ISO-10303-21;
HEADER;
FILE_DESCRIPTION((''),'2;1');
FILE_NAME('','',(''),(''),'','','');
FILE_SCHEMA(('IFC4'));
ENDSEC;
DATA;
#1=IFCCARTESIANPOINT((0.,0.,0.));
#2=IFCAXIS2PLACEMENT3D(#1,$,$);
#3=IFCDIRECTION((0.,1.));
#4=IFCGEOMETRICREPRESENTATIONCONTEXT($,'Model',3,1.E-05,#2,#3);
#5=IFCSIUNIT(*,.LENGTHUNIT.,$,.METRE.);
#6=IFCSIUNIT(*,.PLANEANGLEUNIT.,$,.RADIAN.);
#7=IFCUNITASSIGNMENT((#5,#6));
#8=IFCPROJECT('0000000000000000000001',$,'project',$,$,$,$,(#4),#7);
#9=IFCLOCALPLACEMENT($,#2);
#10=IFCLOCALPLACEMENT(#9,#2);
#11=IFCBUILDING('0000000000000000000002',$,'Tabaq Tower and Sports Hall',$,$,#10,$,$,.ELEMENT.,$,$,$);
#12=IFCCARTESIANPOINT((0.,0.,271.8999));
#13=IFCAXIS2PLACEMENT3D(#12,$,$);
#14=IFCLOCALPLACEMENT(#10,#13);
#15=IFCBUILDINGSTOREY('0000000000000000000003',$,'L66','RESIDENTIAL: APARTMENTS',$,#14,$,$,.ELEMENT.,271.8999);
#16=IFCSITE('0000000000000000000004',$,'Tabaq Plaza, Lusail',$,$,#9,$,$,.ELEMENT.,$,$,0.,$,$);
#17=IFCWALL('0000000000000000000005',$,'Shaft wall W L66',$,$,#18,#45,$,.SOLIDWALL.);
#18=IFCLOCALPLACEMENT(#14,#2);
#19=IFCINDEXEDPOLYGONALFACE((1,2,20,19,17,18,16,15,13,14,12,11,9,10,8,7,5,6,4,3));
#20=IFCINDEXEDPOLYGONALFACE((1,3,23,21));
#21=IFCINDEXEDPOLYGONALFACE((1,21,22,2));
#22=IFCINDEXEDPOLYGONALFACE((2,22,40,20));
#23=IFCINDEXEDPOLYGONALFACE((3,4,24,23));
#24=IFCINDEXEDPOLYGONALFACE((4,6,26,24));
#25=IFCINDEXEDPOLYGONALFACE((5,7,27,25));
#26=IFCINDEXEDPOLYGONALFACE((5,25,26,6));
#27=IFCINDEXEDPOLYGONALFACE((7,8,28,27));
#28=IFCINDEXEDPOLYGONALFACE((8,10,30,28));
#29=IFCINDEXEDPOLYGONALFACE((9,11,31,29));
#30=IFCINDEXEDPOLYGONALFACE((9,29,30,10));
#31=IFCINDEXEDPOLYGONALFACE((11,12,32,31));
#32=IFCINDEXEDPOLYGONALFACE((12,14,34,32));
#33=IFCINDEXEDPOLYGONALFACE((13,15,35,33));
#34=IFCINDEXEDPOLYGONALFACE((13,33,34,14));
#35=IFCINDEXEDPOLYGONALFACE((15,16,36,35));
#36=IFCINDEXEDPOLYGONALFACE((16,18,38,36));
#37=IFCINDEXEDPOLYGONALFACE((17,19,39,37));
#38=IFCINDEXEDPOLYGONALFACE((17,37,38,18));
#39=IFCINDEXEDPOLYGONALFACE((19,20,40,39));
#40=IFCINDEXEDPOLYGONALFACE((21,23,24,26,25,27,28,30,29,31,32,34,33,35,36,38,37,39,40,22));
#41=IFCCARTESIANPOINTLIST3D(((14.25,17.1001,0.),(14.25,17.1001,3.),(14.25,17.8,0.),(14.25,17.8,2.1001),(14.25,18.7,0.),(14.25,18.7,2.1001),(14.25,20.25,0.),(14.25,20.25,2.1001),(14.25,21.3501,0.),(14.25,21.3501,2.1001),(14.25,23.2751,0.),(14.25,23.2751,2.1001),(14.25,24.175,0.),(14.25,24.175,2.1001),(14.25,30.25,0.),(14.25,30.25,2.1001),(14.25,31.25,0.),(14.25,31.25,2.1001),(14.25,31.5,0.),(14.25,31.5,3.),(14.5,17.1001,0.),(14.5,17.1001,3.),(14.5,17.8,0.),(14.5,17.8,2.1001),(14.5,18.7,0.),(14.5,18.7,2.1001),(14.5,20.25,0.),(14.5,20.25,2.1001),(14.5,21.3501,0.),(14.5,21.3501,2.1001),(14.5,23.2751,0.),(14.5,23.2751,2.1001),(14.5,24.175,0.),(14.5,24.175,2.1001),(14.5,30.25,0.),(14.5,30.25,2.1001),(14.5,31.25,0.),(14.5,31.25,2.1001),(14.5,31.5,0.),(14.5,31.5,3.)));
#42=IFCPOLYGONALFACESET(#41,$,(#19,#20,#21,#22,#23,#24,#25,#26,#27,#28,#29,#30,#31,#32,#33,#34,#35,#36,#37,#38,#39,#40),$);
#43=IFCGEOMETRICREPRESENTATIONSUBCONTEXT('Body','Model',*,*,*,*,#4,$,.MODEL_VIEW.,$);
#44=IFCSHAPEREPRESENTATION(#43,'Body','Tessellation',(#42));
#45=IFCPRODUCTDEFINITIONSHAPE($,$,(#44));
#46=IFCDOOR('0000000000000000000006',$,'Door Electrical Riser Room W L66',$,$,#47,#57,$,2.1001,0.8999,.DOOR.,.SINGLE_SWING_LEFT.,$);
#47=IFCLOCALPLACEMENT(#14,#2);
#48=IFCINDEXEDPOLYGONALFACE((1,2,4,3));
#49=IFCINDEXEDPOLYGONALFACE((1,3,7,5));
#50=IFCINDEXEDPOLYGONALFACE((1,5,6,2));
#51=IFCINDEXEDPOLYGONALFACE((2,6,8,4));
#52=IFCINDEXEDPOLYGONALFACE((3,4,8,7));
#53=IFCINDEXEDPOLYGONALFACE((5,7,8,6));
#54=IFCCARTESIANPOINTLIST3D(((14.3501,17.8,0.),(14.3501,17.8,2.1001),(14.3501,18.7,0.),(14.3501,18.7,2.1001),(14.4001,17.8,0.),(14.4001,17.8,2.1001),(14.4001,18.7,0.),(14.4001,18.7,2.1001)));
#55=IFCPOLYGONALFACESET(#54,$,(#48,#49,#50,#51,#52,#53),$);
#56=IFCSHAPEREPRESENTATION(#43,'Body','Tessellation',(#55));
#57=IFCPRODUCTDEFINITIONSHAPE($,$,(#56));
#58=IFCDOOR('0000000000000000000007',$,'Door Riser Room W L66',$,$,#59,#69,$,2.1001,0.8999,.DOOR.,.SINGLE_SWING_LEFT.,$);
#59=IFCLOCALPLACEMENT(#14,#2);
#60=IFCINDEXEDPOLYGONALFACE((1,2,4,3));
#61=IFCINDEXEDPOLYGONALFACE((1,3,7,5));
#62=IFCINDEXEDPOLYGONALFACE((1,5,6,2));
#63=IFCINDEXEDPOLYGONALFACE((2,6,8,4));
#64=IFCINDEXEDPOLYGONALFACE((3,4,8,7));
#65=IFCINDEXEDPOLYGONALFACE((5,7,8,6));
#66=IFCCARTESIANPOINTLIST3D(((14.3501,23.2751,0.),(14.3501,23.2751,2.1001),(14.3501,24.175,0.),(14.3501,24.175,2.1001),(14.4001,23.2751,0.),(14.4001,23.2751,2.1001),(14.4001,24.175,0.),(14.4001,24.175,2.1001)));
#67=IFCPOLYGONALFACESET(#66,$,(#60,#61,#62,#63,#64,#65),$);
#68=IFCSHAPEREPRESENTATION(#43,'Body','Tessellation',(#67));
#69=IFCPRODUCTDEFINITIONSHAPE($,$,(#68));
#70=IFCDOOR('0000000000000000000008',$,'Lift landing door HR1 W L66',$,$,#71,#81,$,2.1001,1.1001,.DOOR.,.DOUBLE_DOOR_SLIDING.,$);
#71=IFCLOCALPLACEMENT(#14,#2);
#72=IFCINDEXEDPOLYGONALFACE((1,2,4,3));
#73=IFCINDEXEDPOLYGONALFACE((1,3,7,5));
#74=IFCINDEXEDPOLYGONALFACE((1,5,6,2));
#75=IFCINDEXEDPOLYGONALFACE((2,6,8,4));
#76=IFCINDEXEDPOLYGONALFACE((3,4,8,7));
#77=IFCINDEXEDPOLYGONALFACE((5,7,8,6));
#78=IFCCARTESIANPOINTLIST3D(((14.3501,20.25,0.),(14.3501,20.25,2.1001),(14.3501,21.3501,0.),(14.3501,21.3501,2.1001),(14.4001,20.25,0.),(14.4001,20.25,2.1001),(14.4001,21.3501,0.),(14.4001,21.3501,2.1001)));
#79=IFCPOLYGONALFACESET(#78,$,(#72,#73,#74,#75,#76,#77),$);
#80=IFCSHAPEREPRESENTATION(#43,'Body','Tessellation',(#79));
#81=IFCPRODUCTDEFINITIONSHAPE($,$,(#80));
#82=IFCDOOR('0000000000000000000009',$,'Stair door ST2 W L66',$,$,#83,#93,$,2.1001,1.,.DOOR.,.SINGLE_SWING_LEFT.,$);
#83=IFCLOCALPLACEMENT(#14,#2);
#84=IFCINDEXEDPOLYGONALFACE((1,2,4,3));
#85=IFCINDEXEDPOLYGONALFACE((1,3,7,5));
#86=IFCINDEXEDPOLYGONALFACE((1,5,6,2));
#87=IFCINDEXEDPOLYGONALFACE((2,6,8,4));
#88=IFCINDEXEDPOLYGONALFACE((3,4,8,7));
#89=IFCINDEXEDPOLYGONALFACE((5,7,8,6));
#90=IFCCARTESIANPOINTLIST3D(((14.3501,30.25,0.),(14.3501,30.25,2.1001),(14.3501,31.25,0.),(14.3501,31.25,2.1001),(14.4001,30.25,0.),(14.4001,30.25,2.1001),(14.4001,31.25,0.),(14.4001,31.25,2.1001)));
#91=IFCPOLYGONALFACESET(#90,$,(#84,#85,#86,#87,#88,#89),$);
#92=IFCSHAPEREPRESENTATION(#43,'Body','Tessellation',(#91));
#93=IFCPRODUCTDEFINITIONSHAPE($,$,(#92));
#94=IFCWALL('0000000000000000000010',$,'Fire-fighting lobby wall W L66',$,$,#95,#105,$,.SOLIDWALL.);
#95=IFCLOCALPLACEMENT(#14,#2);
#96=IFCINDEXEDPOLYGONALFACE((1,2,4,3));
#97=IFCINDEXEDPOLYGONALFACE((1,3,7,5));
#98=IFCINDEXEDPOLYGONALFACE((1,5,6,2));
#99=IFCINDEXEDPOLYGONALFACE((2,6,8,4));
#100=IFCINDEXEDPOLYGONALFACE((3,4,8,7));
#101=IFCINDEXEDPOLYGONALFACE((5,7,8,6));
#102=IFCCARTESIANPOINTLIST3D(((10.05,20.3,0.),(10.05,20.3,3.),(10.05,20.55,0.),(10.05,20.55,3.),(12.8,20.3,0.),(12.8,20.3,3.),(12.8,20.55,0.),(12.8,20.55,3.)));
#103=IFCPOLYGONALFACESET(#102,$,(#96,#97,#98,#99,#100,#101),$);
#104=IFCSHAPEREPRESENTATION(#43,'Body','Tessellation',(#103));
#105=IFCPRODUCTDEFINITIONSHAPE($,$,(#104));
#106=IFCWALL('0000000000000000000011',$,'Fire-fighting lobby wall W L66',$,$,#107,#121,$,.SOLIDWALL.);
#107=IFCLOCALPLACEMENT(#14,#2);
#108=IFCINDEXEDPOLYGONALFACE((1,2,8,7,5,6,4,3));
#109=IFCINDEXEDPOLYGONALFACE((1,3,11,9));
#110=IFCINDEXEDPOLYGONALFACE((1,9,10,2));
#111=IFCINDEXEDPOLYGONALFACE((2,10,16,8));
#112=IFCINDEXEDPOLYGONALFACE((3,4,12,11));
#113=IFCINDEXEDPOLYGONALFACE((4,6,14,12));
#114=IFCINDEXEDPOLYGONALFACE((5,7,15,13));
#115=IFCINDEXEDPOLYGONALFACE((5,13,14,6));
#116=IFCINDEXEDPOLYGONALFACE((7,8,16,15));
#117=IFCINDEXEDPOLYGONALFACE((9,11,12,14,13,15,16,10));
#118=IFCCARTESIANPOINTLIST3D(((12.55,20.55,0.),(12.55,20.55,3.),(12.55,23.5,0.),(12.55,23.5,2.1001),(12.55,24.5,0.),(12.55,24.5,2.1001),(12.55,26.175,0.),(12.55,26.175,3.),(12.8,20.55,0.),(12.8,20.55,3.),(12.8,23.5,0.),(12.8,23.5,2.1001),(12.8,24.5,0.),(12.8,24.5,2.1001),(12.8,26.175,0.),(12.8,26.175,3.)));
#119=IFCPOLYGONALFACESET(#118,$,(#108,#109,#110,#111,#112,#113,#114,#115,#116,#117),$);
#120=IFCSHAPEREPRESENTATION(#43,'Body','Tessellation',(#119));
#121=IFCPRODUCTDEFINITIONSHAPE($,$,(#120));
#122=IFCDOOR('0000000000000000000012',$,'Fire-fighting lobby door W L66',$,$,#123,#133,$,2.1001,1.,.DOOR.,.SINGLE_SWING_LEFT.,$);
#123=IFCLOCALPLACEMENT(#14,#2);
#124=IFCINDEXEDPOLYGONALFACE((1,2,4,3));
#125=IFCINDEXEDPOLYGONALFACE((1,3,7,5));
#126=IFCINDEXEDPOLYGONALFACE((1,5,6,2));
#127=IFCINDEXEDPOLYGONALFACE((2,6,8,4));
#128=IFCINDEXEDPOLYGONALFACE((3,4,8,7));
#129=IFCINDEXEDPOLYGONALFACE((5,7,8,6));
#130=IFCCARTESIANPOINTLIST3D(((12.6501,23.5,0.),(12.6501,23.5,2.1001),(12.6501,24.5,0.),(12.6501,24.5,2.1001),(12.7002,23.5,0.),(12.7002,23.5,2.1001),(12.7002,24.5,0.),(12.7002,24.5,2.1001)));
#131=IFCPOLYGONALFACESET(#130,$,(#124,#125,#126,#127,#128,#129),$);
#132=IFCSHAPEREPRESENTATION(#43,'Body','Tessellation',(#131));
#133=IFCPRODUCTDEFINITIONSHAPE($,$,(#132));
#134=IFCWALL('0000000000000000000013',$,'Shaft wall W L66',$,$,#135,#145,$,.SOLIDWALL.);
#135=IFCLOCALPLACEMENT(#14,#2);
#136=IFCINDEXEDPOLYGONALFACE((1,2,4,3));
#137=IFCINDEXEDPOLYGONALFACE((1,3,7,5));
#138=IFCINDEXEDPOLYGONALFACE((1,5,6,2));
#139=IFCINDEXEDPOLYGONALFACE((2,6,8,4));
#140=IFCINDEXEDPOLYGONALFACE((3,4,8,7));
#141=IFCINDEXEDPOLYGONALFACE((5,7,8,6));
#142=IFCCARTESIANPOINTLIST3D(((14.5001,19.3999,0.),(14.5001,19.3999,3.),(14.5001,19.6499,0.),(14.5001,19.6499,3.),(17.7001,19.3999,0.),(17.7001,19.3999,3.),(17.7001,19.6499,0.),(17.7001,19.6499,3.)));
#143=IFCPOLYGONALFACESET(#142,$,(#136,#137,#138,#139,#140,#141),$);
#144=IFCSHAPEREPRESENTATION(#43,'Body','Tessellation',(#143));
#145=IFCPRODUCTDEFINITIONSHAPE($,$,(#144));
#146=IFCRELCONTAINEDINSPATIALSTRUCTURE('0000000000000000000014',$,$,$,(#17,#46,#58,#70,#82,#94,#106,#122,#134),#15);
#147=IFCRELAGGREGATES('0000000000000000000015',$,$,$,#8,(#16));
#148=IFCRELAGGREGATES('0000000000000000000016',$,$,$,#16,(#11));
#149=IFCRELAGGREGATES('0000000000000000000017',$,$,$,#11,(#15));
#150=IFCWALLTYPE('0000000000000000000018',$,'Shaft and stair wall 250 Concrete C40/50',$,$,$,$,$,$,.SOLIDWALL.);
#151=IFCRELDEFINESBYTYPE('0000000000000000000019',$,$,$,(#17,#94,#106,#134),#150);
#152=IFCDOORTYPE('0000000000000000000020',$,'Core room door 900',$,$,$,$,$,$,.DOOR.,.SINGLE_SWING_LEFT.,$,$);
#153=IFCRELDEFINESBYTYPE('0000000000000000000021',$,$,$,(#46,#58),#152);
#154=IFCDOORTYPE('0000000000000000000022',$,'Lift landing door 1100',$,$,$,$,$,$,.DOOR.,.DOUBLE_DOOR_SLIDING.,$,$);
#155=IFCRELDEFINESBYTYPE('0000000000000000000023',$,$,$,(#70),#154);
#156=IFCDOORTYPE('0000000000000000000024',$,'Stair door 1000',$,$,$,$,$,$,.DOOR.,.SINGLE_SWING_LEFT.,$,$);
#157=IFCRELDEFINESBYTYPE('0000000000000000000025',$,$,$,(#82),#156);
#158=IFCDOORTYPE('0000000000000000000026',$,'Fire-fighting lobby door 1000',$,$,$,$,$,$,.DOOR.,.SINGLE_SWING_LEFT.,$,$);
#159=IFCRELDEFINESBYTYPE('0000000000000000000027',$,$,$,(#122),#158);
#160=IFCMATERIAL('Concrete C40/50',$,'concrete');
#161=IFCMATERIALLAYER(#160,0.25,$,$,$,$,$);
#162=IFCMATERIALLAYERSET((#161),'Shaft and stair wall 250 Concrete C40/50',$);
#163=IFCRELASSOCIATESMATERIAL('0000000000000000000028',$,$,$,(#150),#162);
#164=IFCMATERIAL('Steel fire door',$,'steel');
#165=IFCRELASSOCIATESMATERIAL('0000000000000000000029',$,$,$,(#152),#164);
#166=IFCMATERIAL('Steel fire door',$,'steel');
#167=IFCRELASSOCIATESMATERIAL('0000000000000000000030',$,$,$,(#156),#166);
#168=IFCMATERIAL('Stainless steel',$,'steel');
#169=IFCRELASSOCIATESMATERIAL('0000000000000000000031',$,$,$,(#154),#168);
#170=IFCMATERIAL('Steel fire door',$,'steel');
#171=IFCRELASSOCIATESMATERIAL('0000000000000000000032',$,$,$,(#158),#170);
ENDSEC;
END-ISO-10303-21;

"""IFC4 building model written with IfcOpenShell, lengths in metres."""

from ifc_helpers import new_model, si_unit, direction, frame, frame_2d, origin, place, context, subcontext, project, spatial, rectangle, extrude, material, layer, layer_set, type_object, element, fill, save


model = new_model("IFC4")

# Units and contexts
model_context = context("Model", 3, precision=1e-05, world=origin(), true_north=direction((0.0, 1.0)))
body_context = subcontext(model_context, "Body", "Model", "MODEL_VIEW")
ifc_project = project(units=[si_unit("LENGTHUNIT", "METRE"), si_unit("PLANEANGLEUNIT", "RADIAN")], contexts=[model_context])

# Site, building, storey
site_placement = place(None, origin())
site = spatial("IfcSite", under=ifc_project, at=site_placement, Name="Tabaq Plaza, Lusail", CompositionType="ELEMENT", RefElevation=0.0)
building_placement = place(site_placement, origin())
building = spatial("IfcBuilding", under=site, at=building_placement, Name="Tabaq Tower and Sports Hall", CompositionType="ELEMENT")
storey_placement = place(building_placement, frame((0.0, 0.0, 271.8999)))
storey = spatial("IfcBuildingStorey", under=building, at=storey_placement, Name="L66", Description="RESIDENTIAL: APARTMENTS", CompositionType="ELEMENT", Elevation=271.8999)

# Wall, openings, doors
ifc_material_1 = material(Name="Concrete C40/50", Category="concrete")
ifc_layer_1 = layer(ifc_material_1, 0.25)
ifc_layer_set_1 = layer_set([ifc_layer_1], Name="Shaft and stair wall 250 Concrete C40/50")
wall_type_1 = type_object("IfcWallType", Name="Shaft and stair wall 250 Concrete C40/50", PredefinedType="SOLIDWALL", material=ifc_layer_set_1)
ifc_material_2 = material(Name="Steel fire door", Category="steel")
door_type_1 = type_object("IfcDoorType", Name="Core room door 900", OperationType="SINGLE_SWING_LEFT", PredefinedType="DOOR", material=ifc_material_2)
ifc_material_3 = material(Name="Steel fire door", Category="steel")
door_type_2 = type_object("IfcDoorType", Name="Stair door 1000", OperationType="SINGLE_SWING_LEFT", PredefinedType="DOOR", material=ifc_material_3)
wall_1_placement = place(storey_placement, frame((14.375, 17.1001, 0.0), z_axis=(0.0, 0.0, 1.0), x_axis=(0.0, 1.0, 0.0)))
wall_1 = element("IfcWall", 1, at=wall_1_placement, inside=storey, type_object=wall_type_1, Name="Shaft wall W L66", PredefinedType="SOLIDWALL", context=body_context, shape_type="SweptSolid", body=[
    extrude(rectangle(XDim=14.3999, YDim=0.25, at=frame_2d((7.2, 0.0))), origin(), (0.0, 0.0, 1.0), 3.0),
])
opening_1_placement = place(wall_1_placement, frame((13.1499, 0.0, 0.0)))
opening_1 = element("IfcOpeningElement", 2, at=opening_1_placement, cuts=wall_1, PredefinedType="OPENING", context=body_context, shape_type="SweptSolid", body=[
    extrude(rectangle(XDim=1.0, YDim=2.1001, at=frame_2d((0.5, 1.05))), frame((0.0, 0.125, 0.0), z_axis=(0.0, -1.0, 0.0), x_axis=(1.0, 0.0, 0.0)), (0.0, 0.0, 1.0), 0.25),
])
opening_2_placement = place(wall_1_placement, frame((3.1499, 0.0, 0.0)))
opening_2 = element("IfcOpeningElement", 3, at=opening_2_placement, cuts=wall_1, PredefinedType="OPENING", context=body_context, shape_type="SweptSolid", body=[
    extrude(rectangle(XDim=1.1001, YDim=2.1001, at=frame_2d((0.55, 1.05))), frame((0.0, 0.125, 0.0), z_axis=(0.0, -1.0, 0.0), x_axis=(1.0, 0.0, 0.0)), (0.0, 0.0, 1.0), 0.25),
])
opening_3_placement = place(wall_1_placement, frame((0.7, 0.0, 0.0)))
opening_3 = element("IfcOpeningElement", 4, at=opening_3_placement, cuts=wall_1, PredefinedType="OPENING", context=body_context, shape_type="SweptSolid", body=[
    extrude(rectangle(XDim=0.8999, YDim=2.1001, at=frame_2d((0.45, 1.05))), frame((0.0, 0.125, 0.0), z_axis=(0.0, -1.0, 0.0), x_axis=(1.0, 0.0, 0.0)), (0.0, 0.0, 1.0), 0.25),
])
opening_4_placement = place(wall_1_placement, frame((6.175, 0.0, 0.0)))
opening_4 = element("IfcOpeningElement", 5, at=opening_4_placement, cuts=wall_1, PredefinedType="OPENING", context=body_context, shape_type="SweptSolid", body=[
    extrude(rectangle(XDim=0.8999, YDim=2.1001, at=frame_2d((0.45, 1.05))), frame((0.0, 0.125, 0.0), z_axis=(0.0, -1.0, 0.0), x_axis=(1.0, 0.0, 0.0)), (0.0, 0.0, 1.0), 0.25),
])
door_1_placement = place(opening_3_placement, origin())
door_1 = element("IfcDoor", 6, at=door_1_placement, inside=storey, type_object=door_type_1, Name="Door Electrical Riser Room W L66", OperationType="SINGLE_SWING_LEFT", OverallHeight=2.1001, OverallWidth=0.8999, PredefinedType="DOOR", context=body_context, shape_type="SweptSolid", body=[
    extrude(rectangle(XDim=0.8999, YDim=2.1001, at=frame_2d((0.45, 1.05))), frame((0.0, 0.0249, 0.0), z_axis=(0.0, -1.0, 0.0), x_axis=(1.0, 0.0, 0.0)), (0.0, 0.0, 1.0), 0.05),
])
fill(opening_3, door_1)
door_2_placement = place(opening_4_placement, origin())
door_2 = element("IfcDoor", 7, at=door_2_placement, inside=storey, type_object=door_type_1, Name="Door Riser Room W L66", OperationType="SINGLE_SWING_LEFT", OverallHeight=2.1001, OverallWidth=0.8999, PredefinedType="DOOR", context=body_context, shape_type="SweptSolid", body=[
    extrude(rectangle(XDim=0.8999, YDim=2.1001, at=frame_2d((0.45, 1.05))), frame((0.0, 0.0249, 0.0), z_axis=(0.0, -1.0, 0.0), x_axis=(1.0, 0.0, 0.0)), (0.0, 0.0, 1.0), 0.05),
])
fill(opening_4, door_2)
ifc_material_4 = material(Name="Stainless steel", Category="steel")
door_type_3 = type_object("IfcDoorType", Name="Lift landing door 1100", OperationType="DOUBLE_DOOR_SLIDING", PredefinedType="DOOR", material=ifc_material_4)
door_3_placement = place(opening_2_placement, origin())
door_3 = element("IfcDoor", 8, at=door_3_placement, inside=storey, type_object=door_type_3, Name="Lift landing door HR1 W L66", OperationType="DOUBLE_DOOR_SLIDING", OverallHeight=2.1001, OverallWidth=1.1001, PredefinedType="DOOR", context=body_context, shape_type="SweptSolid", body=[
    extrude(rectangle(XDim=1.1001, YDim=2.1001, at=frame_2d((0.55, 1.05))), frame((0.0, 0.0249, 0.0), z_axis=(0.0, -1.0, 0.0), x_axis=(1.0, 0.0, 0.0)), (0.0, 0.0, 1.0), 0.05),
])
fill(opening_2, door_3)
door_4_placement = place(opening_1_placement, origin())
door_4 = element("IfcDoor", 9, at=door_4_placement, inside=storey, type_object=door_type_2, Name="Stair door ST2 W L66", OperationType="SINGLE_SWING_LEFT", OverallHeight=2.1001, OverallWidth=1.0, PredefinedType="DOOR", context=body_context, shape_type="SweptSolid", body=[
    extrude(rectangle(XDim=1.0, YDim=2.1001, at=frame_2d((0.5, 1.05))), frame((0.0, 0.0249, 0.0), z_axis=(0.0, -1.0, 0.0), x_axis=(1.0, 0.0, 0.0)), (0.0, 0.0, 1.0), 0.05),
])
fill(opening_1, door_4)

# Wall
wall_2_placement = place(storey_placement, frame((10.05, 20.425, 0.0), z_axis=(0.0, 0.0, 1.0), x_axis=(1.0, 0.0, 0.0)))
element("IfcWall", 10, at=wall_2_placement, inside=storey, type_object=wall_type_1, Name="Fire-fighting lobby wall W L66", PredefinedType="SOLIDWALL", context=body_context, shape_type="SweptSolid", body=[
    extrude(rectangle(XDim=2.75, YDim=0.25, at=frame_2d((1.375, 0.0))), origin(), (0.0, 0.0, 1.0), 3.0),
])

# Wall, opening, door
wall_3_placement = place(storey_placement, frame((12.675, 20.55, 0.0), z_axis=(0.0, 0.0, 1.0), x_axis=(0.0, 1.0, 0.0)))
wall_3 = element("IfcWall", 11, at=wall_3_placement, inside=storey, type_object=wall_type_1, Name="Fire-fighting lobby wall W L66", PredefinedType="SOLIDWALL", context=body_context, shape_type="SweptSolid", body=[
    extrude(rectangle(XDim=5.625, YDim=0.25, at=frame_2d((2.8125, 0.0))), origin(), (0.0, 0.0, 1.0), 3.0),
])
opening_5_placement = place(wall_3_placement, frame((2.95, 0.0, 0.0)))
opening_5 = element("IfcOpeningElement", 12, at=opening_5_placement, cuts=wall_3, PredefinedType="OPENING", context=body_context, shape_type="SweptSolid", body=[
    extrude(rectangle(XDim=1.0, YDim=2.1001, at=frame_2d((0.5, 1.05))), frame((0.0, 0.125, 0.0), z_axis=(0.0, -1.0, 0.0), x_axis=(1.0, 0.0, 0.0)), (0.0, 0.0, 1.0), 0.25),
])
ifc_material_5 = material(Name="Steel fire door", Category="steel")
door_type_4 = type_object("IfcDoorType", Name="Fire-fighting lobby door 1000", OperationType="SINGLE_SWING_LEFT", PredefinedType="DOOR", material=ifc_material_5)
door_5_placement = place(opening_5_placement, origin())
door_5 = element("IfcDoor", 13, at=door_5_placement, inside=storey, type_object=door_type_4, Name="Fire-fighting lobby door W L66", OperationType="SINGLE_SWING_LEFT", OverallHeight=2.1001, OverallWidth=1.0, PredefinedType="DOOR", context=body_context, shape_type="SweptSolid", body=[
    extrude(rectangle(XDim=1.0, YDim=2.1001, at=frame_2d((0.5, 1.05))), frame((0.0, 0.0249, 0.0), z_axis=(0.0, -1.0, 0.0), x_axis=(1.0, 0.0, 0.0)), (0.0, 0.0, 1.0), 0.05),
])
fill(opening_5, door_5)

# Wall
wall_4_placement = place(storey_placement, frame((14.5, 19.5249, 0.0), z_axis=(0.0, 0.0, 1.0), x_axis=(1.0, 0.0, 0.0)))
element("IfcWall", 14, at=wall_4_placement, inside=storey, type_object=wall_type_1, Name="Shaft wall W L66", PredefinedType="SOLIDWALL", context=body_context, shape_type="SweptSolid", body=[
    extrude(rectangle(XDim=3.2, YDim=0.25, at=frame_2d((1.6001, 0.0))), origin(), (0.0, 0.0, 1.0), 3.0),
])

save(model, "model.ifc")
